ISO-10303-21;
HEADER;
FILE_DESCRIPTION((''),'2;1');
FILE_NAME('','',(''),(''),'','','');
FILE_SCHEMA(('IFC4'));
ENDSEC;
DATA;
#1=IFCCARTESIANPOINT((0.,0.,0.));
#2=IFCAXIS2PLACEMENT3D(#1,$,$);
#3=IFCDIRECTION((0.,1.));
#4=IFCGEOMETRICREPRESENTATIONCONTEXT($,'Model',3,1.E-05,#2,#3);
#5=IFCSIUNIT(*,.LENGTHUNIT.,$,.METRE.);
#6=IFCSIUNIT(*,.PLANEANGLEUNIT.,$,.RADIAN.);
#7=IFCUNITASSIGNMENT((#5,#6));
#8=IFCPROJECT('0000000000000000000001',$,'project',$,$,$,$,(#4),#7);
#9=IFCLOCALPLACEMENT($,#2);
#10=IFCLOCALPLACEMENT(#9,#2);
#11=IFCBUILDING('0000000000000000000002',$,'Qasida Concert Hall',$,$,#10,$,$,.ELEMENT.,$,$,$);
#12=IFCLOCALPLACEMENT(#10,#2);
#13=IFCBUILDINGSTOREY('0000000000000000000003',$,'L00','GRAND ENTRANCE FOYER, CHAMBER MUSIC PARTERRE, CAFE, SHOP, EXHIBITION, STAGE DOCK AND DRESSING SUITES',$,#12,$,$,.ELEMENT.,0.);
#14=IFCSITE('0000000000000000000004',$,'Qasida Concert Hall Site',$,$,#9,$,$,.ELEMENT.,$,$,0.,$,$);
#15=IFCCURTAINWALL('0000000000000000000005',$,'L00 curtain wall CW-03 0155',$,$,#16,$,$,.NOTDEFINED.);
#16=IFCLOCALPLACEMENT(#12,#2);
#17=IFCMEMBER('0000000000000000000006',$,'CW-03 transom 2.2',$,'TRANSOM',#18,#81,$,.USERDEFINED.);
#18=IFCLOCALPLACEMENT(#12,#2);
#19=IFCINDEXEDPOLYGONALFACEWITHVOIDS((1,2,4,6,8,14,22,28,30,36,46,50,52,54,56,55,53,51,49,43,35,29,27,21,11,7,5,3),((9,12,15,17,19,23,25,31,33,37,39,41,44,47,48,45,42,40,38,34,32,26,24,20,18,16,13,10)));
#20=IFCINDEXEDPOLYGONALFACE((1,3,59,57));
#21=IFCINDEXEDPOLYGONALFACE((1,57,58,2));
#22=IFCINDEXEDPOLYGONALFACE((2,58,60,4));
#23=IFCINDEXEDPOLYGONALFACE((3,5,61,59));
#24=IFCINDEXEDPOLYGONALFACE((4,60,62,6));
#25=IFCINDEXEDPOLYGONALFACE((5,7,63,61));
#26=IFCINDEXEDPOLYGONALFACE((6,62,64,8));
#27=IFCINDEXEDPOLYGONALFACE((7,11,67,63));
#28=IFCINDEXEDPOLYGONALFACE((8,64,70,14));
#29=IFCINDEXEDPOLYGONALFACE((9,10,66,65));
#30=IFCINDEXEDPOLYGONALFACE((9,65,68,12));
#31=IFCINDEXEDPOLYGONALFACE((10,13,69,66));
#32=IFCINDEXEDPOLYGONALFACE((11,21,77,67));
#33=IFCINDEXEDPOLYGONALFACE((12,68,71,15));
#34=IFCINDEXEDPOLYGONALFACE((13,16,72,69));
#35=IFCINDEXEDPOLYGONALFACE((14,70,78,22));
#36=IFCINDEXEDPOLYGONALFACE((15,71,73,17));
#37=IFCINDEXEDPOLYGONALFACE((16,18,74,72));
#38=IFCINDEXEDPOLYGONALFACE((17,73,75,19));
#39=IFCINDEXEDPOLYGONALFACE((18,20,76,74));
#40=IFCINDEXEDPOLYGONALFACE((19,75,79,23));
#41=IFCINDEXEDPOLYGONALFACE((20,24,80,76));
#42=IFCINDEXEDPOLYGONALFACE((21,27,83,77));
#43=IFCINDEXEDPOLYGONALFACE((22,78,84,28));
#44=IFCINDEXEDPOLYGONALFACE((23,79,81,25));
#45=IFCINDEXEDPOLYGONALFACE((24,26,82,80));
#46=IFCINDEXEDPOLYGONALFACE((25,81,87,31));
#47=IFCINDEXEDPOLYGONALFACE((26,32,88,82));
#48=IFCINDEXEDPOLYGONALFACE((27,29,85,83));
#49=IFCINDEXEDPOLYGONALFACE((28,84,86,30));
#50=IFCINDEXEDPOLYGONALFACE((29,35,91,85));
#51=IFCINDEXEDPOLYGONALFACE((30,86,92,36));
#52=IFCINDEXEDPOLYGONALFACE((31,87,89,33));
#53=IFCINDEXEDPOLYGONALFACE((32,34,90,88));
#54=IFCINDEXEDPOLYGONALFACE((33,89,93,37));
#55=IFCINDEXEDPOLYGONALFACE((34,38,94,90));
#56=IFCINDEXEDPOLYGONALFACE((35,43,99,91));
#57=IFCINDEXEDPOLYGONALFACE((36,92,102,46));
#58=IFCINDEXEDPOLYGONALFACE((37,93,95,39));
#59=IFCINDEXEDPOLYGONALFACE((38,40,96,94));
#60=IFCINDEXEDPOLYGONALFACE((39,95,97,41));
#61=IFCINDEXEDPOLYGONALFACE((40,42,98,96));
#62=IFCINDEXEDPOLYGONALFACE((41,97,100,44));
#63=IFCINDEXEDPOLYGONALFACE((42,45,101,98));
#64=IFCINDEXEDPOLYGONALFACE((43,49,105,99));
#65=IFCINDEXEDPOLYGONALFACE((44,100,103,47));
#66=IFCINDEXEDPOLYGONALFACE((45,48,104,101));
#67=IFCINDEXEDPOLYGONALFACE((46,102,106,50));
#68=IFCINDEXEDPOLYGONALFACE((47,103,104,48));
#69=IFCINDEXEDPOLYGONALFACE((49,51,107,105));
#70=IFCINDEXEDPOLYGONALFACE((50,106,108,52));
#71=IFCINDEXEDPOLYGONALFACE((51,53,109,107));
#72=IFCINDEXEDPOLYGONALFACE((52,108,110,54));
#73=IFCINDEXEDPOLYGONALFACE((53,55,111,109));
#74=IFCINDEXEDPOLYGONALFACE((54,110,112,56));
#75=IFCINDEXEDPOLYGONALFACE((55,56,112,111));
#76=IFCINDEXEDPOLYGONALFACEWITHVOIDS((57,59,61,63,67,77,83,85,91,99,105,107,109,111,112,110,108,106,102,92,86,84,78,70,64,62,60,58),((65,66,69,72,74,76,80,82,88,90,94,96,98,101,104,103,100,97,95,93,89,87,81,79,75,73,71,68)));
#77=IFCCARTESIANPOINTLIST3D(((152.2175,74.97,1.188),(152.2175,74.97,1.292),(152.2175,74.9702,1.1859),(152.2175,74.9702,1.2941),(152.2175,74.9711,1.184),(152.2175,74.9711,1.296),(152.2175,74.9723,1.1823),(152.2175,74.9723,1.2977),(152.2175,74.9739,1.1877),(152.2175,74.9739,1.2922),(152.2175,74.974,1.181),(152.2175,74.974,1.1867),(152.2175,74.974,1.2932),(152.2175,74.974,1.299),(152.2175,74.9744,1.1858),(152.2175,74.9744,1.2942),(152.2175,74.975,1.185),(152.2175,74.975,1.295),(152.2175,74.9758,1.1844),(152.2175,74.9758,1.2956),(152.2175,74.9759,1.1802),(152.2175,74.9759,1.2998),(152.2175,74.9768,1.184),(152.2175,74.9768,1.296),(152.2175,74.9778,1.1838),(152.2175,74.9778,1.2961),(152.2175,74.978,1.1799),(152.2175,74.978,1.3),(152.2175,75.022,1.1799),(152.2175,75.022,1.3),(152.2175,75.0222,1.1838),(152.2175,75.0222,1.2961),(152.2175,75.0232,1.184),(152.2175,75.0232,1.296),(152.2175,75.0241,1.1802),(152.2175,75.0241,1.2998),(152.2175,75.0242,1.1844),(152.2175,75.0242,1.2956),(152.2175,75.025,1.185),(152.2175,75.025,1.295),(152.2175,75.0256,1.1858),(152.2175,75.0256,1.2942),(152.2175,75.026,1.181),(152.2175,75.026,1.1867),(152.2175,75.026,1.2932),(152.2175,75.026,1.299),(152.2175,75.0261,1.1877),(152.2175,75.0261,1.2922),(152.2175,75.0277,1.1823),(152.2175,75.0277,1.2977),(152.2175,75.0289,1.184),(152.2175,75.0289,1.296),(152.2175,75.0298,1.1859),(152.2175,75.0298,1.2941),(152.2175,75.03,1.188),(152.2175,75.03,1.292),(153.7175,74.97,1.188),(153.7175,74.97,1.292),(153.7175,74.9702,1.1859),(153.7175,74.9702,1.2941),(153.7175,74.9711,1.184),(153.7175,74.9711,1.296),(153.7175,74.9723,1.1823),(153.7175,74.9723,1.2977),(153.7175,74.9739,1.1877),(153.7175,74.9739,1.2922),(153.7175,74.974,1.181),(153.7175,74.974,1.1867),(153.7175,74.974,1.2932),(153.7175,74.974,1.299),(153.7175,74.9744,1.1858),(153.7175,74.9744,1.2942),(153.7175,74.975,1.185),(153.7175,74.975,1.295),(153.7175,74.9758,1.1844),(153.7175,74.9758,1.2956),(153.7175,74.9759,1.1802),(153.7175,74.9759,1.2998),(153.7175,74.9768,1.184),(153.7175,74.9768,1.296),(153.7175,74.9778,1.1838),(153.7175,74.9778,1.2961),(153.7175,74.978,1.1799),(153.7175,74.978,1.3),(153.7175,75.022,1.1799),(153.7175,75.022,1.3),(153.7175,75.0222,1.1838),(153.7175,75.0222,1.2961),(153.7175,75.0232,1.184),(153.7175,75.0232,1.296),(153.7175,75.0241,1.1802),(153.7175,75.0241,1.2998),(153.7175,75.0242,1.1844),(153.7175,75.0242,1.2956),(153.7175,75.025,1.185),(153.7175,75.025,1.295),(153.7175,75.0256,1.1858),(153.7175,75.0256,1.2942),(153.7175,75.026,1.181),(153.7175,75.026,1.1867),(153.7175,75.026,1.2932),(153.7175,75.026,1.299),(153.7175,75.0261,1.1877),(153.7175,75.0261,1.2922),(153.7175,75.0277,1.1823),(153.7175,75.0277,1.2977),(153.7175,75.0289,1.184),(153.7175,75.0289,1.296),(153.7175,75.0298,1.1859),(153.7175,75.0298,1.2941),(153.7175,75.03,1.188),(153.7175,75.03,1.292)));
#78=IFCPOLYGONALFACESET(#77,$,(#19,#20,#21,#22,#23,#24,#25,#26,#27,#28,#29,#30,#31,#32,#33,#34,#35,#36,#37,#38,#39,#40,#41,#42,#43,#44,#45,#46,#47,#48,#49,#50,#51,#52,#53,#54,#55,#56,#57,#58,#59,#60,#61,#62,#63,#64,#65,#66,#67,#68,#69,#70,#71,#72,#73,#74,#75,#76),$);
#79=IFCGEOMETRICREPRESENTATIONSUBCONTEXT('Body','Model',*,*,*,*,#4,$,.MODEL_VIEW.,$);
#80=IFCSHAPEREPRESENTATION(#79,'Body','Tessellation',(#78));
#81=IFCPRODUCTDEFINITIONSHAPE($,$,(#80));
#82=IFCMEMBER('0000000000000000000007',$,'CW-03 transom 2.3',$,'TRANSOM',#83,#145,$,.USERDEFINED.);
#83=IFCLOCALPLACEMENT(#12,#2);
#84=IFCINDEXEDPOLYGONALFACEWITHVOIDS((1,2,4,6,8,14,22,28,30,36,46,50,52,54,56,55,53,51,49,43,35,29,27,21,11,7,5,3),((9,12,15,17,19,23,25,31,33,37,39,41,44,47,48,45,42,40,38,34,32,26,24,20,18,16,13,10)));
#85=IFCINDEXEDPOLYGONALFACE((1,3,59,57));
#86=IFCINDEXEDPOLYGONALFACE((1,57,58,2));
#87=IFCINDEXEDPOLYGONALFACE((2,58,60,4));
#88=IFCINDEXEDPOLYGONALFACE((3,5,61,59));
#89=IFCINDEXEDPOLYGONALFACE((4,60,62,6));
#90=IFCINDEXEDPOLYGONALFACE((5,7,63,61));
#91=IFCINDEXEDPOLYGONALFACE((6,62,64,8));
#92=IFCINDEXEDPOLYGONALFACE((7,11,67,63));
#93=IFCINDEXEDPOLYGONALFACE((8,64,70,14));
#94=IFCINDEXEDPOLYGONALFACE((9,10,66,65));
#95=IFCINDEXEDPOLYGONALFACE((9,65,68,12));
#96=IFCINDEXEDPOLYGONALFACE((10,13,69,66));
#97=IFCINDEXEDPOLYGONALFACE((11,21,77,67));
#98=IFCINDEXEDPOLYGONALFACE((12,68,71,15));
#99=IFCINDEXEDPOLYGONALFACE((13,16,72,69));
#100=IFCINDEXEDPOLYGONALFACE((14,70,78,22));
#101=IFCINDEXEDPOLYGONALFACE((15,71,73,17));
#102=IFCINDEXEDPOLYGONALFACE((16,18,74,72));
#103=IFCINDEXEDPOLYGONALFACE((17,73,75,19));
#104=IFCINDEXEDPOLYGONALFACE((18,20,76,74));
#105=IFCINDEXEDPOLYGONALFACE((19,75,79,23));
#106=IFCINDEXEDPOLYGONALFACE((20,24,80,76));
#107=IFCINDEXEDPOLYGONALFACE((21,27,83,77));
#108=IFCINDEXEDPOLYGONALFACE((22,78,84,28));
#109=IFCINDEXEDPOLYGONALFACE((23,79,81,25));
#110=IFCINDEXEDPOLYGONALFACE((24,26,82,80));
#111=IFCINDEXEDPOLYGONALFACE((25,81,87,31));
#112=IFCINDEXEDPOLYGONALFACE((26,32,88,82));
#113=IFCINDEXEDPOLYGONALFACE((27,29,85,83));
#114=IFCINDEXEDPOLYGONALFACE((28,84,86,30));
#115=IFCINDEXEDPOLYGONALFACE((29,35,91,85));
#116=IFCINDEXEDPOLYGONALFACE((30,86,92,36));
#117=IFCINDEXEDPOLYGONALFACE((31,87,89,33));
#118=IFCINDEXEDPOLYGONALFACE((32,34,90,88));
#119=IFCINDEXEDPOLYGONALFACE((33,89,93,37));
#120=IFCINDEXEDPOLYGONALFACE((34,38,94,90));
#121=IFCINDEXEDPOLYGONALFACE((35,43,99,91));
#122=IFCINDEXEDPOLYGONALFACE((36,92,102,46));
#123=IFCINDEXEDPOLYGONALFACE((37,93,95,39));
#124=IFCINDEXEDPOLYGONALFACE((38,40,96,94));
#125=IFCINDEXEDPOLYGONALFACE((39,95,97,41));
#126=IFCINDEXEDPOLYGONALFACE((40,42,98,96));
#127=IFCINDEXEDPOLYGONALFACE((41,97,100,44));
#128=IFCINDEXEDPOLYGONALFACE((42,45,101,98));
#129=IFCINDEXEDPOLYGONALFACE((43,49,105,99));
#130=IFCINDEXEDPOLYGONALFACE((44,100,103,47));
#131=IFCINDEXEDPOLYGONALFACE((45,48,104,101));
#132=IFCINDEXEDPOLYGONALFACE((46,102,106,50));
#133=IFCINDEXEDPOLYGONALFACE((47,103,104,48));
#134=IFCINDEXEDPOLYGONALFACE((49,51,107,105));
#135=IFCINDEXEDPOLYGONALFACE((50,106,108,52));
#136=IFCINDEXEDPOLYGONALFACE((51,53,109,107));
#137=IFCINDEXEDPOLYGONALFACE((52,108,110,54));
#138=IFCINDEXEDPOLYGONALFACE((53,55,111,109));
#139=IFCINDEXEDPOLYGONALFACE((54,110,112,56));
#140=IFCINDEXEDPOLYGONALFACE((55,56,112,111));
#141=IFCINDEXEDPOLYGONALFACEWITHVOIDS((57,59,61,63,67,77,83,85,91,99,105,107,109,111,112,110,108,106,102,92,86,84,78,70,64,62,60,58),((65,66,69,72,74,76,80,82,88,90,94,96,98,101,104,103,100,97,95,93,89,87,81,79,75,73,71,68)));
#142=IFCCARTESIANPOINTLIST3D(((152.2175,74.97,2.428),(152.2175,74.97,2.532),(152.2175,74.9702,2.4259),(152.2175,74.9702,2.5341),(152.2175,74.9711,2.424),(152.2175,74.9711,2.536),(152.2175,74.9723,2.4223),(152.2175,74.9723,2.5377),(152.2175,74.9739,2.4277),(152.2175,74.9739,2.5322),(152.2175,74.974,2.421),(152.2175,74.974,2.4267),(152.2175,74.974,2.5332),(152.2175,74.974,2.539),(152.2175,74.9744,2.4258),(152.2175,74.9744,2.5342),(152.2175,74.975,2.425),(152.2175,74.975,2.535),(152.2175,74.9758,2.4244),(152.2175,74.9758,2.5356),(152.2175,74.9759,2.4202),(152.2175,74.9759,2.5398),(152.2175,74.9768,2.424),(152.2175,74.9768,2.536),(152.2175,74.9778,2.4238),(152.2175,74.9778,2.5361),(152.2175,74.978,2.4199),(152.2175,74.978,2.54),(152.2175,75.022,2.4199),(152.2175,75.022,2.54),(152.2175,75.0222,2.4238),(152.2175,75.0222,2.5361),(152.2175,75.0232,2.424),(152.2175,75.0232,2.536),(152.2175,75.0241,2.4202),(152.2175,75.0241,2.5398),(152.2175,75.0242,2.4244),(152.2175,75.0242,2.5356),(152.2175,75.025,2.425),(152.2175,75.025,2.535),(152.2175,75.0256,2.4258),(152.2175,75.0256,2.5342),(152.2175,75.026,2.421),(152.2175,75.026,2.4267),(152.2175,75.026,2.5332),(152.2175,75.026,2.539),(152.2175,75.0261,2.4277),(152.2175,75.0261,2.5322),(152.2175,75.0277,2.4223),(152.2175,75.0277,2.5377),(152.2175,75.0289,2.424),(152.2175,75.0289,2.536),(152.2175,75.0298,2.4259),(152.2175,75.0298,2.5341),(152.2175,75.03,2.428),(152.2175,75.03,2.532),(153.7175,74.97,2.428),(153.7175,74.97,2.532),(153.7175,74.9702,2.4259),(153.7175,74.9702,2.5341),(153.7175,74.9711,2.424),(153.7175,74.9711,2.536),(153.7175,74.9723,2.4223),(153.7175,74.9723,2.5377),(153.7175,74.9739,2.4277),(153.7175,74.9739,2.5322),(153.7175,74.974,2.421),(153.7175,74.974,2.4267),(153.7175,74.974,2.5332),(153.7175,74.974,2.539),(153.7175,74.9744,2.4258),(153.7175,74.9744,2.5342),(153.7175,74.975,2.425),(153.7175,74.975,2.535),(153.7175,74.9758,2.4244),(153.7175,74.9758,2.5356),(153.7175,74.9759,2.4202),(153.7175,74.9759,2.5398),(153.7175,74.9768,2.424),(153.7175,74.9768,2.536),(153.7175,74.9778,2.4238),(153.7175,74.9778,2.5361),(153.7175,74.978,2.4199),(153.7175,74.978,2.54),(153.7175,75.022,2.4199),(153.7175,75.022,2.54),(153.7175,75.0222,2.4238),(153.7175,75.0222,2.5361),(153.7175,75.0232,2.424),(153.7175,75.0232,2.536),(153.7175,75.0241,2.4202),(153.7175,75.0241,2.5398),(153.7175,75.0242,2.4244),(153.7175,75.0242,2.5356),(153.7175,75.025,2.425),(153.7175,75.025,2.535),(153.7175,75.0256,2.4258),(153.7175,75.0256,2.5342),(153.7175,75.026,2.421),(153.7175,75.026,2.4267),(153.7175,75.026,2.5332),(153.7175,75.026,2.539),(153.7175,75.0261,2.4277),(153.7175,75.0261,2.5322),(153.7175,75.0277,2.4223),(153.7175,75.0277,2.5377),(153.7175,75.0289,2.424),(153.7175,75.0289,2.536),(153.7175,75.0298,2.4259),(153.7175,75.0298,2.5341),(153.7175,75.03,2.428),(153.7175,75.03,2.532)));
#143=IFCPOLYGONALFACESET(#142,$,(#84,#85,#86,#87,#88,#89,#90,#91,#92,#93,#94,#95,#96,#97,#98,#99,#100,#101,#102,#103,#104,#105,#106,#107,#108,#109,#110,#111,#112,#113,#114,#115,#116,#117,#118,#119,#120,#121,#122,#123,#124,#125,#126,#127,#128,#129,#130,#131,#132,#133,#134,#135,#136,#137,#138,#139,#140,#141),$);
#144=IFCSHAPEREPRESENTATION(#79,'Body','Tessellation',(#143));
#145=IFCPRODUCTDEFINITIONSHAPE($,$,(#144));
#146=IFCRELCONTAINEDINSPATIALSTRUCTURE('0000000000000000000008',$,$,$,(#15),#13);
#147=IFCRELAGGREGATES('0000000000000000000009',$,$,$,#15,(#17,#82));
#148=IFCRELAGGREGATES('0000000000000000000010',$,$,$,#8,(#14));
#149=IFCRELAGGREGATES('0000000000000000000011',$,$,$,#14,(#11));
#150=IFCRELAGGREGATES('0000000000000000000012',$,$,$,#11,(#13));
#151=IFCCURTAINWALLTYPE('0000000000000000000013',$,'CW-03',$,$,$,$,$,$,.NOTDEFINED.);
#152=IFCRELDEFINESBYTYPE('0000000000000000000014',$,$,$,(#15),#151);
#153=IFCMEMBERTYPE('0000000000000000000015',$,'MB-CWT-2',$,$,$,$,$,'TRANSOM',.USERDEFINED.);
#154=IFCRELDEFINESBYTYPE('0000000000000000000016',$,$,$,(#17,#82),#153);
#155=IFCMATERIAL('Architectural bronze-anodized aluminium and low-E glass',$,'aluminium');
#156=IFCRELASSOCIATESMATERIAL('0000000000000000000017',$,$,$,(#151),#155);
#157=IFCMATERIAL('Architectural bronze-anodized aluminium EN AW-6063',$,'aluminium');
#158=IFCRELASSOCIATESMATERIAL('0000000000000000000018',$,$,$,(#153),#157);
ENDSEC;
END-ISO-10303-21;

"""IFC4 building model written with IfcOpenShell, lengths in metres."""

from ifc_helpers import new_model, si_unit, direction, frame, origin, origin_2d, place, context, subcontext, project, spatial, hollow_rectangle, extrude, material, material_profile, profile_set, type_object, element, aggregate, save


model = new_model("IFC4")

# Units and contexts
model_context = context("Model", 3, precision=1e-05, world=origin(), true_north=direction((0.0, 1.0)))
body_context = subcontext(model_context, "Body", "Model", "MODEL_VIEW")
ifc_project = project(units=[si_unit("LENGTHUNIT", "METRE"), si_unit("PLANEANGLEUNIT", "RADIAN")], contexts=[model_context])

# Site, building, storey
site_placement = place(None, origin())
site = spatial("IfcSite", under=ifc_project, at=site_placement, Name="Qasida Concert Hall Site", CompositionType="ELEMENT", RefElevation=0.0)
building_placement = place(site_placement, origin())
building = spatial("IfcBuilding", under=site, at=building_placement, Name="Qasida Concert Hall", CompositionType="ELEMENT")
storey_placement = place(building_placement, origin())
storey = spatial("IfcBuildingStorey", under=building, at=storey_placement, Name="L00", Description="GRAND ENTRANCE FOYER, CHAMBER MUSIC PARTERRE, CAFE, SHOP, EXHIBITION, STAGE DOCK AND DRESSING SUITES", CompositionType="ELEMENT", Elevation=0.0)

# Curtain wall, members
ifc_material_1 = material(Name="Architectural bronze-anodized aluminium and low-E glass", Category="aluminium")
curtain_wall_type = type_object("IfcCurtainWallType", Name="CW-03", PredefinedType="NOTDEFINED", material=ifc_material_1)
curtain_wall_placement = place(storey_placement, origin())
curtain_wall = element("IfcCurtainWall", 1, at=curtain_wall_placement, inside=storey, type_object=curtain_wall_type, Name="L00 curtain wall CW-03 0155", PredefinedType="NOTDEFINED")
ifc_material_2 = material(Name="Architectural bronze-anodized aluminium EN AW-6063", Category="aluminium")
ifc_material_profile_1 = material_profile(ifc_material_2, hollow_rectangle(XDim=0.0601, YDim=0.1201, WallThickness=0.0039, InnerFilletRadius=0.0039, OuterFilletRadius=0.0081, at=origin_2d()), Name="CWT 120x60x4")
ifc_profile_set_1 = profile_set([ifc_material_profile_1], Name="Architectural bronze-anodized aluminium EN AW-6063")
member_type_1 = type_object("IfcMemberType", Name="MB-CWT-2", ElementType="TRANSOM", PredefinedType="USERDEFINED", material=ifc_profile_set_1)
member_1_placement = place(storey_placement, frame((152.2175, 75.0, 1.24), z_axis=(1.0, 0.0, 0.0), x_axis=(0.0, 1.0, 0.0)))
member_1 = element("IfcMember", 2, at=member_1_placement, type_object=member_type_1, Name="CW-03 transom 2.2", ObjectType="TRANSOM", PredefinedType="USERDEFINED", context=body_context, shape_type="SweptSolid", body=[
    extrude(hollow_rectangle(XDim=0.0601, YDim=0.1201, WallThickness=0.0039, InnerFilletRadius=0.0039, OuterFilletRadius=0.0081, at=origin_2d()), origin(), (0.0, 0.0, 1.0), 1.5),
])
member_2_placement = place(storey_placement, frame((152.2175, 75.0, 2.48), z_axis=(1.0, 0.0, 0.0), x_axis=(0.0, 1.0, 0.0)))
member_2 = element("IfcMember", 3, at=member_2_placement, type_object=member_type_1, Name="CW-03 transom 2.3", ObjectType="TRANSOM", PredefinedType="USERDEFINED", context=body_context, shape_type="SweptSolid", body=[
    extrude(hollow_rectangle(XDim=0.0601, YDim=0.1201, WallThickness=0.0039, InnerFilletRadius=0.0039, OuterFilletRadius=0.0081, at=origin_2d()), origin(), (0.0, 0.0, 1.0), 1.5),
])
aggregate(curtain_wall, [member_1, member_2])

save(model, "model.ifc")
